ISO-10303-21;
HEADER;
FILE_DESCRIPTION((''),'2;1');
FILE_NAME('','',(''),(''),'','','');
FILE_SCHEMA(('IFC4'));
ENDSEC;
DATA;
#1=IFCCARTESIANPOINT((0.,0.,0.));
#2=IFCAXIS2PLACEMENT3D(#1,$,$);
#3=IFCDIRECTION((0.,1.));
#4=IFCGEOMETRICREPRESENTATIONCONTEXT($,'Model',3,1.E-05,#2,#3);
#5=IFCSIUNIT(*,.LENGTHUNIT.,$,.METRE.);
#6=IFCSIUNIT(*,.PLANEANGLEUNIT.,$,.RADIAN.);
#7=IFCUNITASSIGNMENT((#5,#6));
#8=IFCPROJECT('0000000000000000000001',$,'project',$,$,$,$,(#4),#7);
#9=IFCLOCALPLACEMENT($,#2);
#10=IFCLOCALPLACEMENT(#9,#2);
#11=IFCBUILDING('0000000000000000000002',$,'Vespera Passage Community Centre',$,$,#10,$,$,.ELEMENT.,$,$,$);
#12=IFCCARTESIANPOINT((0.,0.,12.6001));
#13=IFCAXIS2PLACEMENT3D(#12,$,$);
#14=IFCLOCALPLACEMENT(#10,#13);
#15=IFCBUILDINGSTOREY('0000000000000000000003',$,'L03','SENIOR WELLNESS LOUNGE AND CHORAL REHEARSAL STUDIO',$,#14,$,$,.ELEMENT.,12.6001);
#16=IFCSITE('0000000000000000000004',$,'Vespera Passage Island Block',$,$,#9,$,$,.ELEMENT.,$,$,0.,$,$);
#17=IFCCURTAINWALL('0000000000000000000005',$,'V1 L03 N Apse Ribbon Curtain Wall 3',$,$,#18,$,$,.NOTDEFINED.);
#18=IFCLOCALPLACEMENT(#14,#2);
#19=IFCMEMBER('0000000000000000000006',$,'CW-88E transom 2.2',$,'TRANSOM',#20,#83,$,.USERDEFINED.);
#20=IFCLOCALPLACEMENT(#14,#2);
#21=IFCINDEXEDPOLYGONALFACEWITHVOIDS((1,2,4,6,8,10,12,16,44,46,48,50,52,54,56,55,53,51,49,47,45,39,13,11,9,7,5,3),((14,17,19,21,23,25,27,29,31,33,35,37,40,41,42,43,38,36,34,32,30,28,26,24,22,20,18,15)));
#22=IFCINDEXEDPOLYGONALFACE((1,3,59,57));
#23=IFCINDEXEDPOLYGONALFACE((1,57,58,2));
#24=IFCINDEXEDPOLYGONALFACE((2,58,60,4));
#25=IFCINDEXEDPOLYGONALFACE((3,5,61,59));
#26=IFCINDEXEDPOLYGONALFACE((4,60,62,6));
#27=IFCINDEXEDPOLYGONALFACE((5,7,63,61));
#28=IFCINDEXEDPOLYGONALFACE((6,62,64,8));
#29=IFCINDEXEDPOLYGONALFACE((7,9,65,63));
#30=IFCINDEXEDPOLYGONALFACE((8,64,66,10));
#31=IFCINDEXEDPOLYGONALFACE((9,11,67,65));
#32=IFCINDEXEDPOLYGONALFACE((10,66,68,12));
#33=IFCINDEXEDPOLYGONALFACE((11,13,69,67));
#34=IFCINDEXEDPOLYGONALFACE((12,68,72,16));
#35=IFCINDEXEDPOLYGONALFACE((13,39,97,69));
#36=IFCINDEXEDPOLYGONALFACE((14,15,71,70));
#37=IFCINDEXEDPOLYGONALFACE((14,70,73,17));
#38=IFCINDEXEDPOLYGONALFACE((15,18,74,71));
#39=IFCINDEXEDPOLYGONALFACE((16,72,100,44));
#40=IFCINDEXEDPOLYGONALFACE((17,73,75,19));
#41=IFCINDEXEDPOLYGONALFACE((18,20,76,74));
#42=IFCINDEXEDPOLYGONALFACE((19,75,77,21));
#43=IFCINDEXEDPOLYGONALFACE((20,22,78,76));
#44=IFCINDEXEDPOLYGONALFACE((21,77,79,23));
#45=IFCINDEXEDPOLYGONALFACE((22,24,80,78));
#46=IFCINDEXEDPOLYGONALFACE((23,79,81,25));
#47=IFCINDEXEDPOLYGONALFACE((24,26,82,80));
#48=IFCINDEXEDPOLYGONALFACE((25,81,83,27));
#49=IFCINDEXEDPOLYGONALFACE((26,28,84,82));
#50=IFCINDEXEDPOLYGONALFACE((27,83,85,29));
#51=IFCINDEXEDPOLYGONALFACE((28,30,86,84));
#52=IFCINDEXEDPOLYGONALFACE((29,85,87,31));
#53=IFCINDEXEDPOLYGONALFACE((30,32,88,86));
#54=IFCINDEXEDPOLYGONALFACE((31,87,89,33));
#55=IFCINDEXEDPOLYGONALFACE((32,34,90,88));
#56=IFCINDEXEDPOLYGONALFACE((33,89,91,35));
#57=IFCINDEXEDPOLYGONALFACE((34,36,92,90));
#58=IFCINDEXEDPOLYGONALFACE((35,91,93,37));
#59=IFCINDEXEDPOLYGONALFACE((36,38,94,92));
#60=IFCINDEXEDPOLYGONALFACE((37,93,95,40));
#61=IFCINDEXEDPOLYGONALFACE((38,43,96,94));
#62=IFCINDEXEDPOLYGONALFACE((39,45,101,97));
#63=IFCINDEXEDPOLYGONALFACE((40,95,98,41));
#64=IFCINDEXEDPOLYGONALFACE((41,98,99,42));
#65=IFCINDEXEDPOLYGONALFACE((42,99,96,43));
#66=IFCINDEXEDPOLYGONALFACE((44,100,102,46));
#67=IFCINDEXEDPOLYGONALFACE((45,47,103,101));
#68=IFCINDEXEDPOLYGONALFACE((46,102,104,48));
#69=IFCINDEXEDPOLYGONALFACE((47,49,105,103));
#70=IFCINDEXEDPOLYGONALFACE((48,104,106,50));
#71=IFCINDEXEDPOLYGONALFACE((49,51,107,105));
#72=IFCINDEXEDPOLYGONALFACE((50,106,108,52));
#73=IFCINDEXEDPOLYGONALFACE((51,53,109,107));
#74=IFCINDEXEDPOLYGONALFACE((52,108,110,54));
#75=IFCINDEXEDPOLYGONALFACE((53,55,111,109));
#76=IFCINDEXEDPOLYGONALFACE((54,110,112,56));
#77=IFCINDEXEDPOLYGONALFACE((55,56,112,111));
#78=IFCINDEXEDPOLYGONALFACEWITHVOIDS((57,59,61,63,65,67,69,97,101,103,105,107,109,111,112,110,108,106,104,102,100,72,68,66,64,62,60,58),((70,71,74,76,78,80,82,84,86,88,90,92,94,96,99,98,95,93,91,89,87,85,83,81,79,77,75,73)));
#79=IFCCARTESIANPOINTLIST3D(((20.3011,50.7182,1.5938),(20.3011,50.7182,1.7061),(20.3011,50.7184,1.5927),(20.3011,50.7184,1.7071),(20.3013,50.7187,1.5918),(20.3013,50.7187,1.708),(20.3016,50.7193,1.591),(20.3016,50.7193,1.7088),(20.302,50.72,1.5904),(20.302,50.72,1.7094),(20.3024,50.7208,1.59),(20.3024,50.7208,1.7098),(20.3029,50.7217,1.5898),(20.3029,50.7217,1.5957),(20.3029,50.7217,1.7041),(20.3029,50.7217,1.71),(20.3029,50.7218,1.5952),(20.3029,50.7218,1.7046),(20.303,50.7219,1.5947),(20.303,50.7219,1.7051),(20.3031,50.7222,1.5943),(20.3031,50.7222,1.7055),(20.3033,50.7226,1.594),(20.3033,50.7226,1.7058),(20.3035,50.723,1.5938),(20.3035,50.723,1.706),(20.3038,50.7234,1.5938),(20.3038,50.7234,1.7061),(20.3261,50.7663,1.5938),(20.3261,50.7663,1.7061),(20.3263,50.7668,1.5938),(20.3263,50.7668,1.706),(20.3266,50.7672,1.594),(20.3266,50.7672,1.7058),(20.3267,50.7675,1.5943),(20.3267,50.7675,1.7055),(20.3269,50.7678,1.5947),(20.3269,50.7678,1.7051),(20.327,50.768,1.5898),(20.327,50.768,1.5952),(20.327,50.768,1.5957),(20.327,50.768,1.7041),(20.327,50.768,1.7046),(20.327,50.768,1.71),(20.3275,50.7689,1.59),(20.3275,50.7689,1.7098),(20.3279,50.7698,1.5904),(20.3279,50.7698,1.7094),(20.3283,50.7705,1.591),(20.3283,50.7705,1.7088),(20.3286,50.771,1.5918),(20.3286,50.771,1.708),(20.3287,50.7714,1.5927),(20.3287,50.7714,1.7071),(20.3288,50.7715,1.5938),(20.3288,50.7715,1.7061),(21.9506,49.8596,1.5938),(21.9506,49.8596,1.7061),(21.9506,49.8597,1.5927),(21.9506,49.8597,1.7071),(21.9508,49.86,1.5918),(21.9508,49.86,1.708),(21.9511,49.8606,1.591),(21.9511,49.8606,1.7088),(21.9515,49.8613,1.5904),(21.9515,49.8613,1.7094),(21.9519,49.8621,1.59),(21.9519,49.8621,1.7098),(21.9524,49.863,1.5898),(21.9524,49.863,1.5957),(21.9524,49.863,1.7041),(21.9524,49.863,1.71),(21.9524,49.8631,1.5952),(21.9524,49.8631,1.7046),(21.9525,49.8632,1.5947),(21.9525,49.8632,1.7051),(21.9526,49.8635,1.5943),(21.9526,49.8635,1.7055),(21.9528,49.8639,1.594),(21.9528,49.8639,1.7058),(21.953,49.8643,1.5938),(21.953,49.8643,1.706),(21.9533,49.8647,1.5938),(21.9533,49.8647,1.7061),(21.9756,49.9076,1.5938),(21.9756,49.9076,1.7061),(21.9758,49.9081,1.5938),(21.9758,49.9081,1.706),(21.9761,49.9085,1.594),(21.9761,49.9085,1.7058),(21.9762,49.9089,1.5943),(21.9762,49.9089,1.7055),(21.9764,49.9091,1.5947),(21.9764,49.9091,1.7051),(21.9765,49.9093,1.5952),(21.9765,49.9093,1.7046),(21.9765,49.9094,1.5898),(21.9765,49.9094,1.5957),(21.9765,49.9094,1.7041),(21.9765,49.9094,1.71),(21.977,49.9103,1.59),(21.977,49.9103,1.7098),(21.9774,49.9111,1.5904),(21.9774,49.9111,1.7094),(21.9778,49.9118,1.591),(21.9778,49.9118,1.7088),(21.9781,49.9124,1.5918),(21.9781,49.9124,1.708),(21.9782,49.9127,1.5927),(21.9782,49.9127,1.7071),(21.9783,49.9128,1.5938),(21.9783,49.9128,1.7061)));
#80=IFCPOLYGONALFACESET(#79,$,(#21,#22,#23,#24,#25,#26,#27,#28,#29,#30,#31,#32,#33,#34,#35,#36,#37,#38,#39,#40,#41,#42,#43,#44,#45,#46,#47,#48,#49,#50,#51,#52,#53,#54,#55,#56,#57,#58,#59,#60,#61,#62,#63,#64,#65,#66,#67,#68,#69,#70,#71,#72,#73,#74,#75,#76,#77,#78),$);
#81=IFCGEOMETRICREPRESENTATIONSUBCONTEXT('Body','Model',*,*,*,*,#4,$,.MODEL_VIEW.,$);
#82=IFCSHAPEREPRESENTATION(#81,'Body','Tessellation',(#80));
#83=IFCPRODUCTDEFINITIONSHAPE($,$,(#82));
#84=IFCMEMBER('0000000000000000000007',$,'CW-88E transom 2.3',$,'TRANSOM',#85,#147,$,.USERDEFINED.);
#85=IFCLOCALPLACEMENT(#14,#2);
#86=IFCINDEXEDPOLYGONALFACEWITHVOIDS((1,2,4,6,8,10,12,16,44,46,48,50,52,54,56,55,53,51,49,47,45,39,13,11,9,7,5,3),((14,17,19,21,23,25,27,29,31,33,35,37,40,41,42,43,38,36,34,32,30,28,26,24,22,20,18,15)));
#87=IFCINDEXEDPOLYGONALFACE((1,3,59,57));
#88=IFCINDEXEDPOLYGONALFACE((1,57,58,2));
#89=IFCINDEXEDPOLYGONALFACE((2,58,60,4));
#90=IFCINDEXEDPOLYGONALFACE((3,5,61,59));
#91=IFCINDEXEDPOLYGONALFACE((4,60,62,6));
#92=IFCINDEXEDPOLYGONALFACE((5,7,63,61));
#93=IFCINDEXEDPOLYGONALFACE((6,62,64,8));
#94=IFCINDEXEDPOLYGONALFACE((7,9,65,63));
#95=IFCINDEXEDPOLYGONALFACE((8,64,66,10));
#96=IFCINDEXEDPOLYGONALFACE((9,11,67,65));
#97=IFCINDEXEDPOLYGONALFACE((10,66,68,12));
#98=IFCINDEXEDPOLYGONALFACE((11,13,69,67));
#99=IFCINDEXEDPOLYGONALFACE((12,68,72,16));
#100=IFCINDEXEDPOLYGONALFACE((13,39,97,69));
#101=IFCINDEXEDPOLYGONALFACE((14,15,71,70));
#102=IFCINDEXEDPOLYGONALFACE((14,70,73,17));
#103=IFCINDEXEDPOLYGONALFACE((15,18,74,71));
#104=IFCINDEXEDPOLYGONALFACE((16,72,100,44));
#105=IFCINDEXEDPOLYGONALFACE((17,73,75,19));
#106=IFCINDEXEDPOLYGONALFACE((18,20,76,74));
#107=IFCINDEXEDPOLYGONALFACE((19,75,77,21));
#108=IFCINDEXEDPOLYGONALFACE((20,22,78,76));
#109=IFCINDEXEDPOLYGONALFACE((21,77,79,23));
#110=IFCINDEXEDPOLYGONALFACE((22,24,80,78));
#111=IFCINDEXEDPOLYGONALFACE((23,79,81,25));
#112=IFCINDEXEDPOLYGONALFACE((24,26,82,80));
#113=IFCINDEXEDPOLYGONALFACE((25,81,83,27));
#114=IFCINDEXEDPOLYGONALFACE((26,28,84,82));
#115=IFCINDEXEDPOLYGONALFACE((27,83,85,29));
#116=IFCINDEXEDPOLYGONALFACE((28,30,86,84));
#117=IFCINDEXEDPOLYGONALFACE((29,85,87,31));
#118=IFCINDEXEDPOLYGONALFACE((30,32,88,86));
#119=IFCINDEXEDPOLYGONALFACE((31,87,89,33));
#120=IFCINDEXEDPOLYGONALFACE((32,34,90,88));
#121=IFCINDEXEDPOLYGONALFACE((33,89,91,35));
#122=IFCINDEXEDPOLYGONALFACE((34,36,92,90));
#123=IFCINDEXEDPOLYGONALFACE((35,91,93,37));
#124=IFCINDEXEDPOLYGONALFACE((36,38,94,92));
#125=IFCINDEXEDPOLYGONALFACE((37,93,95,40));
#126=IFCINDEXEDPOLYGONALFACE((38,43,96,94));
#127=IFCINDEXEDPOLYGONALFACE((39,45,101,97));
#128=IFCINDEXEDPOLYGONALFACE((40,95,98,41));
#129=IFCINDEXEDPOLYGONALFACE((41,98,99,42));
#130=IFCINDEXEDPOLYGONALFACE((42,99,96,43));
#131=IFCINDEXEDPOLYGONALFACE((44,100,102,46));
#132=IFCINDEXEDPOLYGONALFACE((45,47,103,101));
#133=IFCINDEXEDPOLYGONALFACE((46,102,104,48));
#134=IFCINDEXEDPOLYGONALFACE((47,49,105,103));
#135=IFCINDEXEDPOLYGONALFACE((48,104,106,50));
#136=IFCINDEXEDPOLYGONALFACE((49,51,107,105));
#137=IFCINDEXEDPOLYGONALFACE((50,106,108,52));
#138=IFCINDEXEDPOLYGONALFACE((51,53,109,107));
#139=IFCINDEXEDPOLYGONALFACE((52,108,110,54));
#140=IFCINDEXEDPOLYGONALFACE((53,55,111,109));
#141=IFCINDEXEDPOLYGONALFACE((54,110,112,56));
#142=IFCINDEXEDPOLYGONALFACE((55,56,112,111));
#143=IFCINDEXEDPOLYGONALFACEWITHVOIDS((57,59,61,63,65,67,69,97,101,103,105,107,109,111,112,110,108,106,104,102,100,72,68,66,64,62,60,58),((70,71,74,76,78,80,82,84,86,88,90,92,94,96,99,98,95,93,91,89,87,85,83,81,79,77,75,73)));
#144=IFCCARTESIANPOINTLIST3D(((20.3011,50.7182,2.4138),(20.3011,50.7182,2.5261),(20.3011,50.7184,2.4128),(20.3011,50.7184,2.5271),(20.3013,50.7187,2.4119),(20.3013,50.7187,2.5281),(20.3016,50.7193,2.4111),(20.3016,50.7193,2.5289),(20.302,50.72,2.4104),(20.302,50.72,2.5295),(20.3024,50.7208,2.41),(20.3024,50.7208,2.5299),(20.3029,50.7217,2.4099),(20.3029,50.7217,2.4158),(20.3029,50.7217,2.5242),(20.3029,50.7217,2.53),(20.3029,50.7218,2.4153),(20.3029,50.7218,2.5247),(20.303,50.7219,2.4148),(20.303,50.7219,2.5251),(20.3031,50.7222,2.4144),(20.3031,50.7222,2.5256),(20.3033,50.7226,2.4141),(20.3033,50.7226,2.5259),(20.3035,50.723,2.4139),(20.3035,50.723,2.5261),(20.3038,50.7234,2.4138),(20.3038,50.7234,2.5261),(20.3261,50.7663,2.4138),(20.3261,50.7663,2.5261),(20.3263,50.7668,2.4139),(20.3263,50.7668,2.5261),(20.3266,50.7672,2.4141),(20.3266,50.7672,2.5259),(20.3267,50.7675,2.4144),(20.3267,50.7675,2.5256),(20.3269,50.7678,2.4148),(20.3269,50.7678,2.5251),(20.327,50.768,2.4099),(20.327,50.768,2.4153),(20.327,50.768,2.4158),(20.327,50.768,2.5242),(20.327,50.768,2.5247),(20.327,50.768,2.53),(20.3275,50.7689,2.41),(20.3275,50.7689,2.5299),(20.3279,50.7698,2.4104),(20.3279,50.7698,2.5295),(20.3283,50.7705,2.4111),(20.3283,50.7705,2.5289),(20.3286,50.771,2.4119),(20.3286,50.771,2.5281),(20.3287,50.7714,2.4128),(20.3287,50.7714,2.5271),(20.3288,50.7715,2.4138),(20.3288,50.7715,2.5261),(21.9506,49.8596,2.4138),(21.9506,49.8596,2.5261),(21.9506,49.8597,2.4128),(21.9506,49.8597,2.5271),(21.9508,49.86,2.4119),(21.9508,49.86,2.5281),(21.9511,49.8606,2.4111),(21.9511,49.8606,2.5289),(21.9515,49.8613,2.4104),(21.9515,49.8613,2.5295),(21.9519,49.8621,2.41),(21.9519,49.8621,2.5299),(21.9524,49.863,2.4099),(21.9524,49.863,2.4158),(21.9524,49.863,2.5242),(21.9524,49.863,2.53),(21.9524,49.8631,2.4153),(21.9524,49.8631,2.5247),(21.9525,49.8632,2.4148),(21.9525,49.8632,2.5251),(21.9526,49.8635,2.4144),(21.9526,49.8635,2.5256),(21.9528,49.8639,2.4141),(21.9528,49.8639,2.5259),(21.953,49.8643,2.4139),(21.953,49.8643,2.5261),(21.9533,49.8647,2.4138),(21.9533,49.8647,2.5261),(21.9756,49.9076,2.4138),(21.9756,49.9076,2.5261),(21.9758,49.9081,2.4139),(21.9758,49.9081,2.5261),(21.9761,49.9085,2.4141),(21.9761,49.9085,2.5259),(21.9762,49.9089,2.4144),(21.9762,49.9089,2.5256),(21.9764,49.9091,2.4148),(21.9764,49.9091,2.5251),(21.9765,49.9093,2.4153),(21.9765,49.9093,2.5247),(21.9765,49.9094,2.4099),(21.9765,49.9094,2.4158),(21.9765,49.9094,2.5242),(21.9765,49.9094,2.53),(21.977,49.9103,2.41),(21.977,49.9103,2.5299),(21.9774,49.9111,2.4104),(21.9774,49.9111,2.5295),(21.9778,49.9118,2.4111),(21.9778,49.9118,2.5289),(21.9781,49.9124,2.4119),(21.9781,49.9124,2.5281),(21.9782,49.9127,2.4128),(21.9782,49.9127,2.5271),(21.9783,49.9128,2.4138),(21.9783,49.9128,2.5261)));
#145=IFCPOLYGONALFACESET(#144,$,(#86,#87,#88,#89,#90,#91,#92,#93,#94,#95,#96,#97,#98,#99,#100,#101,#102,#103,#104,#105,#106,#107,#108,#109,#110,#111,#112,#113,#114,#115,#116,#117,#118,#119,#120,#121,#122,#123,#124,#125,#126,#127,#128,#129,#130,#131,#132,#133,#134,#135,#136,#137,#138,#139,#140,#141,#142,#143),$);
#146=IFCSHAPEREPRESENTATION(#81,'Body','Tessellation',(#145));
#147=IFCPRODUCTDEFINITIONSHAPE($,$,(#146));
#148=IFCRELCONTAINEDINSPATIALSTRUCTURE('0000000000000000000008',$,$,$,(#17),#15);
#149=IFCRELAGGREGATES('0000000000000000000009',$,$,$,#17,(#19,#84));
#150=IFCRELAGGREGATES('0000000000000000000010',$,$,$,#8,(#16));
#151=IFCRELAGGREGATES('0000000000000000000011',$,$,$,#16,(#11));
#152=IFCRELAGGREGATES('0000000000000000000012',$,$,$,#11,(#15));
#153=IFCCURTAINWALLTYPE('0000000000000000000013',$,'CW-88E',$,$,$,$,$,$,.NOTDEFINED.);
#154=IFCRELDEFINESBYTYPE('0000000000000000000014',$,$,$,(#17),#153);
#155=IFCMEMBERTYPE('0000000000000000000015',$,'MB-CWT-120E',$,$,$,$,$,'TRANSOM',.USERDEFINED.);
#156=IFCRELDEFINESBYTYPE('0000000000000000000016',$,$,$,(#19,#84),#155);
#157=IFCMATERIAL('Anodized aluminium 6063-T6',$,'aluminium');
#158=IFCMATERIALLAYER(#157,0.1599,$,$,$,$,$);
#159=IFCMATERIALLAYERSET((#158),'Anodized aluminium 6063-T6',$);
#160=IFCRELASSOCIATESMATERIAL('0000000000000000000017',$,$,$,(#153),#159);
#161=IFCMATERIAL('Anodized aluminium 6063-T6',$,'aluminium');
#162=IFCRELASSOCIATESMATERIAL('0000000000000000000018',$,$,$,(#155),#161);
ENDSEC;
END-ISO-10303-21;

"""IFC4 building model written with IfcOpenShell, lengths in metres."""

from ifc_helpers import new_model, si_unit, direction, frame, origin, origin_2d, place, context, subcontext, project, spatial, hollow_rectangle, extrude, material, layer, layer_set, material_profile, profile_set, type_object, element, aggregate, save


model = new_model("IFC4")

# Units and contexts
model_context = context("Model", 3, precision=1e-05, world=origin(), true_north=direction((0.0, 1.0)))
body_context = subcontext(model_context, "Body", "Model", "MODEL_VIEW")
ifc_project = project(units=[si_unit("LENGTHUNIT", "METRE"), si_unit("PLANEANGLEUNIT", "RADIAN")], contexts=[model_context])

# Site, building, storey
site_placement = place(None, origin())
site = spatial("IfcSite", under=ifc_project, at=site_placement, Name="Vespera Passage Island Block", CompositionType="ELEMENT", RefElevation=0.0)
building_placement = place(site_placement, origin())
building = spatial("IfcBuilding", under=site, at=building_placement, Name="Vespera Passage Community Centre", CompositionType="ELEMENT")
storey_placement = place(building_placement, frame((0.0, 0.0, 12.6001)))
storey = spatial("IfcBuildingStorey", under=building, at=storey_placement, Name="L03", Description="SENIOR WELLNESS LOUNGE AND CHORAL REHEARSAL STUDIO", CompositionType="ELEMENT", Elevation=12.6001)

# Shared definitions
ifc_material_1 = material(Name="Anodized aluminium 6063-T6", Category="aluminium")
ifc_layer_1 = layer(ifc_material_1, 0.1599)
ifc_layer_set_1 = layer_set([ifc_layer_1], Name="Anodized aluminium 6063-T6")
curtain_wall_type = type_object("IfcCurtainWallType", Name="CW-88E", PredefinedType="NOTDEFINED", material=ifc_layer_set_1)

# Curtain wall, members
curtain_wall_1_placement = place(storey_placement, origin())
curtain_wall_1 = element("IfcCurtainWall", 1, at=curtain_wall_1_placement, inside=storey, type_object=curtain_wall_type, Name="V1 L03 N Apse Ribbon Curtain Wall 3", PredefinedType="NOTDEFINED")
ifc_material_2 = material(Name="Anodized aluminium 6063-T6", Category="aluminium")
ifc_material_profile_1 = material_profile(ifc_material_2, hollow_rectangle(XDim=0.0601, YDim=0.1201, WallThickness=0.0039, InnerFilletRadius=0.002, OuterFilletRadius=0.0039, at=origin_2d()), Name="ALU120X60X4")
ifc_profile_set_1 = profile_set([ifc_material_profile_1], Name="Anodized aluminium 6063-T6")
member_type_1 = type_object("IfcMemberType", Name="MB-CWT-120E", ElementType="TRANSOM", PredefinedType="USERDEFINED", material=ifc_profile_set_1)
member_1_placement = place(storey_placement, frame((20.3149, 50.7449, 1.6499), z_axis=(0.887008, -0.461754, 0.0), x_axis=(0.461754, 0.887008, 0.0)))
member_1 = element("IfcMember", 2, at=member_1_placement, type_object=member_type_1, Name="CW-88E transom 2.2", ObjectType="TRANSOM", PredefinedType="USERDEFINED", context=body_context, shape_type="SweptSolid", body=[
    extrude(hollow_rectangle(XDim=0.0601, YDim=0.1201, WallThickness=0.0039, InnerFilletRadius=0.002, OuterFilletRadius=0.0039, at=origin_2d()), origin(), (0.0, 0.0, 1.0), 1.8596),
])
member_2_placement = place(storey_placement, frame((20.3149, 50.7449, 2.47), z_axis=(0.887008, -0.461754, 0.0), x_axis=(0.461754, 0.887008, 0.0)))
member_2 = element("IfcMember", 3, at=member_2_placement, type_object=member_type_1, Name="CW-88E transom 2.3", ObjectType="TRANSOM", PredefinedType="USERDEFINED", context=body_context, shape_type="SweptSolid", body=[
    extrude(hollow_rectangle(XDim=0.0601, YDim=0.1201, WallThickness=0.0039, InnerFilletRadius=0.002, OuterFilletRadius=0.0039, at=origin_2d()), origin(), (0.0, 0.0, 1.0), 1.8596),
])
aggregate(curtain_wall_1, [member_1, member_2])

save(model, "model.ifc")
